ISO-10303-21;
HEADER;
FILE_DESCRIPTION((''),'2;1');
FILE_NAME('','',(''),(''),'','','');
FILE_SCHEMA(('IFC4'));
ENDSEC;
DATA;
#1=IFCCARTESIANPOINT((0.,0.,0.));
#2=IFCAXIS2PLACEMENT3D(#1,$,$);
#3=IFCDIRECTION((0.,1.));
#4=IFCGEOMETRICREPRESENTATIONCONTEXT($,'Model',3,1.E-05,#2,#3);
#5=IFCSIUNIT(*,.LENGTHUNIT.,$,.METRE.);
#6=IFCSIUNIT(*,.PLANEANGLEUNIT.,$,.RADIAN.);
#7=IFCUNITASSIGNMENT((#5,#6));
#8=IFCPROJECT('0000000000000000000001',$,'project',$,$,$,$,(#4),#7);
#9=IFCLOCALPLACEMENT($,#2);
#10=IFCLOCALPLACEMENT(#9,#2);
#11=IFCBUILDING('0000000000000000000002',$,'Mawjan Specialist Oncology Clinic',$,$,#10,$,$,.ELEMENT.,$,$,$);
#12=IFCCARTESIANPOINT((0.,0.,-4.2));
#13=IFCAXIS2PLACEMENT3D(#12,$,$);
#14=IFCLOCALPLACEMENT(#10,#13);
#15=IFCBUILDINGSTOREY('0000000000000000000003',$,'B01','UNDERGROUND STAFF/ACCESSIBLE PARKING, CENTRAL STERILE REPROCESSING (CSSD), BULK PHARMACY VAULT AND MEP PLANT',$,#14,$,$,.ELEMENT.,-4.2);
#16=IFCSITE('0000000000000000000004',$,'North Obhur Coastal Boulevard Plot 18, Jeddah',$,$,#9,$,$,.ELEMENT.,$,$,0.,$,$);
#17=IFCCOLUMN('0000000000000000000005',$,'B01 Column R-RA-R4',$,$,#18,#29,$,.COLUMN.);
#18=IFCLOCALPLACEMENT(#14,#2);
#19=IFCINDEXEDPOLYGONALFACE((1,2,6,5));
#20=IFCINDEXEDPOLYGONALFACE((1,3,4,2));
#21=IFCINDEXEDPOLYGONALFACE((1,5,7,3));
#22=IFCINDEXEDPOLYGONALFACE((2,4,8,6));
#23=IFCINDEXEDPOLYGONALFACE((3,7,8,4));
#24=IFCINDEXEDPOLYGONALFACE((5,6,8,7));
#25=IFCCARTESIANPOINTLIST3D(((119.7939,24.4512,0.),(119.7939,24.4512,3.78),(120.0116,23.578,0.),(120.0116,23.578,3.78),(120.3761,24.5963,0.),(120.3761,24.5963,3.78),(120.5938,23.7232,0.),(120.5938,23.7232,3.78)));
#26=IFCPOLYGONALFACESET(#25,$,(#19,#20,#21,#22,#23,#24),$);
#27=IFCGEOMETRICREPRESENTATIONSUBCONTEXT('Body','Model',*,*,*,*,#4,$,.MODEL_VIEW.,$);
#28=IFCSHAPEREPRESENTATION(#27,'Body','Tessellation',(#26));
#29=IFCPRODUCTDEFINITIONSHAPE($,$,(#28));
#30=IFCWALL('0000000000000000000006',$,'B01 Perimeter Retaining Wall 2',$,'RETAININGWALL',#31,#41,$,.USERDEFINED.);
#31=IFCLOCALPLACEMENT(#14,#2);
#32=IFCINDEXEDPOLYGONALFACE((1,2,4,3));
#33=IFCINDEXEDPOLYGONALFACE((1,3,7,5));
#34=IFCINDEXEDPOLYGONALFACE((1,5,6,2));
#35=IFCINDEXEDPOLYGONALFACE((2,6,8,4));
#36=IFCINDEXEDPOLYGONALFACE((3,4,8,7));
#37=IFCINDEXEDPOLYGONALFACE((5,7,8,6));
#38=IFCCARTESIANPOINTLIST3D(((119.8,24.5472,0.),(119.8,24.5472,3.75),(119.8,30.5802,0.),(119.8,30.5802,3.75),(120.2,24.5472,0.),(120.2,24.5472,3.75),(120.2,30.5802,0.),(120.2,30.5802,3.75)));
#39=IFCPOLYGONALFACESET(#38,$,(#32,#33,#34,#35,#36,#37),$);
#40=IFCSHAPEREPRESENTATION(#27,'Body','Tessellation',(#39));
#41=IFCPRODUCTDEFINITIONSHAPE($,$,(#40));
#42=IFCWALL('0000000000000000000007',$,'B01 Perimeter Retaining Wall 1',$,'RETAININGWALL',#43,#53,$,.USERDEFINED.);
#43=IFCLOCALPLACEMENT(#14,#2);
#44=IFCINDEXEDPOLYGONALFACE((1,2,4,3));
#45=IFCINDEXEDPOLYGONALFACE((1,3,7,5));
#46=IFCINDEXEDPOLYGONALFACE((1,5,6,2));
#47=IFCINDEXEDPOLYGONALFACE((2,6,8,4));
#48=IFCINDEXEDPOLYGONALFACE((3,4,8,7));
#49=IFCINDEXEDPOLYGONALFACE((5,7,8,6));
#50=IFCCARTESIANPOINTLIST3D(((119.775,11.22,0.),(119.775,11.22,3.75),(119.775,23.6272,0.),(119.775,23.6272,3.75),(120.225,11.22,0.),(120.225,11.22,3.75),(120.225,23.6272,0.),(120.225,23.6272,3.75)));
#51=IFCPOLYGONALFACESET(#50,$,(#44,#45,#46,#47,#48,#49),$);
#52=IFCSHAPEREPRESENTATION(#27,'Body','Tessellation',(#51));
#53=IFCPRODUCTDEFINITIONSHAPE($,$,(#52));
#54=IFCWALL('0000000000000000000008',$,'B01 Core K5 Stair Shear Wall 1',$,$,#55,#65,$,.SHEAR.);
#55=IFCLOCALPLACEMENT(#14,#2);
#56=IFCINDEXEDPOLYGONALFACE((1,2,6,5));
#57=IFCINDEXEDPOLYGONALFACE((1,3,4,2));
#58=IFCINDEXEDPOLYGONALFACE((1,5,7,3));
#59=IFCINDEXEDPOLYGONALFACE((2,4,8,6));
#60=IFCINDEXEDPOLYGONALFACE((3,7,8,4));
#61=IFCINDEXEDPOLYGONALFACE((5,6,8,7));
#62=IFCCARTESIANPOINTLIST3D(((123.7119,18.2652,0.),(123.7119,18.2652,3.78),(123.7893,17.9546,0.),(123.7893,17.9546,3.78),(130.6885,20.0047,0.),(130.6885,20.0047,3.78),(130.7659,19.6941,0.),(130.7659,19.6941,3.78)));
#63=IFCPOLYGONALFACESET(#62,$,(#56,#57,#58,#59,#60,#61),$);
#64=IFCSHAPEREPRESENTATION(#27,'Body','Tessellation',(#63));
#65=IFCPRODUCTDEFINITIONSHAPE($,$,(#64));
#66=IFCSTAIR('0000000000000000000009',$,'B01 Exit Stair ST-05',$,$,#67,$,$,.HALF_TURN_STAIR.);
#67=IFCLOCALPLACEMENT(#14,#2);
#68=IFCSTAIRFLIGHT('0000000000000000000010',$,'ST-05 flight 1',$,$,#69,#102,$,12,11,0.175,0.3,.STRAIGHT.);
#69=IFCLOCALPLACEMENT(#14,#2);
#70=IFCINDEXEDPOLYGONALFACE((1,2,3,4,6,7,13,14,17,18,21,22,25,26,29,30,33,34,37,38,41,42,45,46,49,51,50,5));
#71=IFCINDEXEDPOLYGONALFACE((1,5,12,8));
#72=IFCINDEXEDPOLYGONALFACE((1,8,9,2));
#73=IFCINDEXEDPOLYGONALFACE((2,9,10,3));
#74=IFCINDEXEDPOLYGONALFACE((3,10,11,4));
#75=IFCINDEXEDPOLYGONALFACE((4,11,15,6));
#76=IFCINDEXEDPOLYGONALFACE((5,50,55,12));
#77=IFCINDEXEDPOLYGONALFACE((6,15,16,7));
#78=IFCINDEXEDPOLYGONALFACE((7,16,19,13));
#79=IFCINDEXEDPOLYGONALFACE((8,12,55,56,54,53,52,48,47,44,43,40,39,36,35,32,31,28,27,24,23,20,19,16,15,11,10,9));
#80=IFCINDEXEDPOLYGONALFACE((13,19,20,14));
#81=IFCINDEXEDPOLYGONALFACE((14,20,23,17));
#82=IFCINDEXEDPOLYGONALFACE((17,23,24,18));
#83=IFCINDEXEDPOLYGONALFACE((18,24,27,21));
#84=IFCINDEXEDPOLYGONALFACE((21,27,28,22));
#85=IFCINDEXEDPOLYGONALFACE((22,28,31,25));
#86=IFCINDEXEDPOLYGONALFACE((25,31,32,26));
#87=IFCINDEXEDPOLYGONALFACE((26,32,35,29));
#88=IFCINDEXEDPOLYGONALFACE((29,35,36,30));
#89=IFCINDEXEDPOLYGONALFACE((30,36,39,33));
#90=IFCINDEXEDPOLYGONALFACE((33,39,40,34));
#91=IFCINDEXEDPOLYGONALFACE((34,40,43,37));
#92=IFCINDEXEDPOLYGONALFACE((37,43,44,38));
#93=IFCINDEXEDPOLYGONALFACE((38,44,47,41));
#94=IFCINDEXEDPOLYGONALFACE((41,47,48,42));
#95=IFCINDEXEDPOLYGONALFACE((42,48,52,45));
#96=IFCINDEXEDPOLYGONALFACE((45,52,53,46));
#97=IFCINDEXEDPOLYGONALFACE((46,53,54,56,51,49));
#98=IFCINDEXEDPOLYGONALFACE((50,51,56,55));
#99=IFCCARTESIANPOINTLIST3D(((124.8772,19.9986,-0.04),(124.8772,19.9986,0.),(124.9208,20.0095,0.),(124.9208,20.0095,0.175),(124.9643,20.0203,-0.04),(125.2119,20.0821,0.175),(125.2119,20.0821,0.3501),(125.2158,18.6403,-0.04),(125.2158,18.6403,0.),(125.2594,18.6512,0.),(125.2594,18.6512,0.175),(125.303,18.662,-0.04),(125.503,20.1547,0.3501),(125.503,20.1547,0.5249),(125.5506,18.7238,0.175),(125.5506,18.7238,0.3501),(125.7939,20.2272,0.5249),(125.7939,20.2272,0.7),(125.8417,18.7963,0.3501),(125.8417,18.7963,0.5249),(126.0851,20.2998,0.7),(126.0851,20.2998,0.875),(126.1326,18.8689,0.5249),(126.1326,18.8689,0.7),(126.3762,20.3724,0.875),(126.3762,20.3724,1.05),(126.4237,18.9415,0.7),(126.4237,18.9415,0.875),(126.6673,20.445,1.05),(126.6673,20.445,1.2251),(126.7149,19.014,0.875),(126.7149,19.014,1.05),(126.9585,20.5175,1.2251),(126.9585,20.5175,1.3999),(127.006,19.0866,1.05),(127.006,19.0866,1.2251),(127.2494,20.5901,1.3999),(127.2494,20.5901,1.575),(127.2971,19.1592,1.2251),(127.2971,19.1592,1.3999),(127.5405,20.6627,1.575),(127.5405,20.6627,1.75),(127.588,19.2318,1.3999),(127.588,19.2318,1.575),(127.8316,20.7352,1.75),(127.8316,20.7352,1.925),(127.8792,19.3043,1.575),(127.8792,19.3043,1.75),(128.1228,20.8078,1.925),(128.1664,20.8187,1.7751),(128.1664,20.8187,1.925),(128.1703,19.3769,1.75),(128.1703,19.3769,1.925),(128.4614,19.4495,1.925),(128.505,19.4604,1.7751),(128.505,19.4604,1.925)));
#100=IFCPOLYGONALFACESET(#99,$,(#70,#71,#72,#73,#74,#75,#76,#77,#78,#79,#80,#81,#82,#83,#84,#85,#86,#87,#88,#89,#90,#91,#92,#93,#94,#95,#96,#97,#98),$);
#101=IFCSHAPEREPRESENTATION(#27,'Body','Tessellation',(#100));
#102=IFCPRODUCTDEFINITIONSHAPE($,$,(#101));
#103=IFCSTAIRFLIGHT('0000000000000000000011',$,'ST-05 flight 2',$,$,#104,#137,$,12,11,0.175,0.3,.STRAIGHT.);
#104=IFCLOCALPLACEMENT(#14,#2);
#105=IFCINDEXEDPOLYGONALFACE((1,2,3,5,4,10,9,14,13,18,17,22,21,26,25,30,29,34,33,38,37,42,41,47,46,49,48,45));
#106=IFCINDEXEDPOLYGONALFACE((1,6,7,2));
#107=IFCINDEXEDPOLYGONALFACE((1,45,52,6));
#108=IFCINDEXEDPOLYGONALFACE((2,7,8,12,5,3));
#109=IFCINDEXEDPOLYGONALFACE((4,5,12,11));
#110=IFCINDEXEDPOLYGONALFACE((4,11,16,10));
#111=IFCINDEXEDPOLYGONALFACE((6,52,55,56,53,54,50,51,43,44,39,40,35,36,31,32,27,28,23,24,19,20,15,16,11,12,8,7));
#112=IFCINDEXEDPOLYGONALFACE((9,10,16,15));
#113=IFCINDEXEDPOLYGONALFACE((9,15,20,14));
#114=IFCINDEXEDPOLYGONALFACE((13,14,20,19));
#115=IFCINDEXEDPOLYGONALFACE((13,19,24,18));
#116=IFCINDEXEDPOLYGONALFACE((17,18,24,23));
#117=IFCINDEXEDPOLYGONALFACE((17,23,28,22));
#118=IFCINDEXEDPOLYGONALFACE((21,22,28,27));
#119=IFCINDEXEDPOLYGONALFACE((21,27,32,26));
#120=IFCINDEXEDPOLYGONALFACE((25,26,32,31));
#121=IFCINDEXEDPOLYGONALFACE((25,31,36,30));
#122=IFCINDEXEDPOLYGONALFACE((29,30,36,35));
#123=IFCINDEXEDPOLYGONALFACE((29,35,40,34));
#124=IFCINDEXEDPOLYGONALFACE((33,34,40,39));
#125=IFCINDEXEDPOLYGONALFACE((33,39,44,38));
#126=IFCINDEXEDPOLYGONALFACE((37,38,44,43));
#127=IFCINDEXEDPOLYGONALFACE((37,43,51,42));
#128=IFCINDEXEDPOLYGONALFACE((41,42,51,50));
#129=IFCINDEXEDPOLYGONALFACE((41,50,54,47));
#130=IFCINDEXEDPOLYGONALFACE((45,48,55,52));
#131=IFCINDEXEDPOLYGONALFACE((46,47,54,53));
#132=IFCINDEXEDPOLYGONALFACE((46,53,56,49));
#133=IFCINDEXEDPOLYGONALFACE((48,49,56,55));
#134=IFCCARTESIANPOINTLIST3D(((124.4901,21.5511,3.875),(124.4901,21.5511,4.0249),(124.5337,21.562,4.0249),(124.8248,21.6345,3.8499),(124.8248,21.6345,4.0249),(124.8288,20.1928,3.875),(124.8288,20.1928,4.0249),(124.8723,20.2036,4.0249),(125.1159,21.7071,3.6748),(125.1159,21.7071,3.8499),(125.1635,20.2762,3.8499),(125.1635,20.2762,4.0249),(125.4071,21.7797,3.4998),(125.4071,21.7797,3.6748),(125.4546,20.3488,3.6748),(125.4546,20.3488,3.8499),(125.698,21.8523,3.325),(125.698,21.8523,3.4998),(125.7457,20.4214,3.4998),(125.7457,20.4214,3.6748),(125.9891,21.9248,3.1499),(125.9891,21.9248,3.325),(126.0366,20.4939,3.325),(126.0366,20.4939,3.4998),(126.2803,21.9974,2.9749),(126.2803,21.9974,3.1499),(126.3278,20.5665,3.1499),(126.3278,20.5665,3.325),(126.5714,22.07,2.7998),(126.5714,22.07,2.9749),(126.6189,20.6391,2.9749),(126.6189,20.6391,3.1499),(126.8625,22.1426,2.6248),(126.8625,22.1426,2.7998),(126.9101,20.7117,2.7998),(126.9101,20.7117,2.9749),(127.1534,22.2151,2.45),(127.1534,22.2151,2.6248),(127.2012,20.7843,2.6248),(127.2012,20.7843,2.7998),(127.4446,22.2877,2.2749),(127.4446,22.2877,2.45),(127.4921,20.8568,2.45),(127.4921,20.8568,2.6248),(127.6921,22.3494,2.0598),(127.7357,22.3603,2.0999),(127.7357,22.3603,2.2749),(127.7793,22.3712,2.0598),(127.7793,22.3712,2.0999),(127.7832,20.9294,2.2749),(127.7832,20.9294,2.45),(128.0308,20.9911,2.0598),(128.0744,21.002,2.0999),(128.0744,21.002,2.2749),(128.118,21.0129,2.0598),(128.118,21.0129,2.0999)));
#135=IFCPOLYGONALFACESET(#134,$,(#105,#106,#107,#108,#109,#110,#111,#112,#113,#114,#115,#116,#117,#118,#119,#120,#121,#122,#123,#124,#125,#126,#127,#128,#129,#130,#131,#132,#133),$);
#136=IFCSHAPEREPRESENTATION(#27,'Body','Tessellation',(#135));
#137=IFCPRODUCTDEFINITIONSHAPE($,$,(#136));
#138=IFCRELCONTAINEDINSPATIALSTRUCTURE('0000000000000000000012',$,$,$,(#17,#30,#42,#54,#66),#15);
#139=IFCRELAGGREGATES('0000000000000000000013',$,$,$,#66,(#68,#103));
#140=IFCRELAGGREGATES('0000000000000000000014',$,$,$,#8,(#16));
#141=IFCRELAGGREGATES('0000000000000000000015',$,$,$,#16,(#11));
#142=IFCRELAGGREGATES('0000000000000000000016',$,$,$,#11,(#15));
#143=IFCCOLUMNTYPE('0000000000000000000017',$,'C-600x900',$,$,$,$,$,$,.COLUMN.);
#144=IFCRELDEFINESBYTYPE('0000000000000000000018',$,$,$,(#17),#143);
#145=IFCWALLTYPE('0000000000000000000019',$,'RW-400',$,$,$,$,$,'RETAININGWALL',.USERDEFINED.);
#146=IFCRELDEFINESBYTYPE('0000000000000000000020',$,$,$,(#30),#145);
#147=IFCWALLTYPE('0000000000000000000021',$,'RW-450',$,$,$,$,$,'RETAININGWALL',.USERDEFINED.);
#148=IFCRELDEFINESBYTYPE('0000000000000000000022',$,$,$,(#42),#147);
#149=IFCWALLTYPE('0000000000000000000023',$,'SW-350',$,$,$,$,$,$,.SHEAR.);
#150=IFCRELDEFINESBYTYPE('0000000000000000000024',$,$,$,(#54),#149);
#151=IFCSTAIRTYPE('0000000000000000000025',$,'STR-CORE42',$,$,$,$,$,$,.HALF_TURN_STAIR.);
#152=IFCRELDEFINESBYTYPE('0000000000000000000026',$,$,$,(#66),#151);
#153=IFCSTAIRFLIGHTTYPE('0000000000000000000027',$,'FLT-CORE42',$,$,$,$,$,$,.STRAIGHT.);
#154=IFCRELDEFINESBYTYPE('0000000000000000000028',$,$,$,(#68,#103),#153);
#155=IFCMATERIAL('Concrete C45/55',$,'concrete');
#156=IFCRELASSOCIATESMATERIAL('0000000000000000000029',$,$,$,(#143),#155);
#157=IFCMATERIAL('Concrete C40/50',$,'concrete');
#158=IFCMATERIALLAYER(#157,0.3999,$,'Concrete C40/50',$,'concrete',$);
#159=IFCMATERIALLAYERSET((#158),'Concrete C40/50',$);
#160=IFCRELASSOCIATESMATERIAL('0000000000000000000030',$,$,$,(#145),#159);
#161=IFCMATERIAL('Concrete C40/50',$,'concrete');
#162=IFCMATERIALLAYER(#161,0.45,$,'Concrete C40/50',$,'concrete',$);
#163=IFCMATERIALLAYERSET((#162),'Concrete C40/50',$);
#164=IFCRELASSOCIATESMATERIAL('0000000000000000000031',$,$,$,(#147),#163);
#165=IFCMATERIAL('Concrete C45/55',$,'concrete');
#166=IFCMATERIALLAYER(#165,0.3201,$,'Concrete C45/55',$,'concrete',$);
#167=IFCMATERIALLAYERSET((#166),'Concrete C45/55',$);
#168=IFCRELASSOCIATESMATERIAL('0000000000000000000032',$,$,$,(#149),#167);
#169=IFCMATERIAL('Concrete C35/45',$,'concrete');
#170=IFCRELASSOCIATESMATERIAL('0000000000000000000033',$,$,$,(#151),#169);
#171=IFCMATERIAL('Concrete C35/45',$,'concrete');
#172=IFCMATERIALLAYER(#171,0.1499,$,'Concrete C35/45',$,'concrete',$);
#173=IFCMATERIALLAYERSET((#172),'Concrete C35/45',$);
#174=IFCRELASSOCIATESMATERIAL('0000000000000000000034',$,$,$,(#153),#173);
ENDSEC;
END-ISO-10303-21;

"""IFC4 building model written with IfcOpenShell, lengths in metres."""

from ifc_helpers import new_model, si_unit, direction, frame, frame_2d, origin, origin_2d, place, context, subcontext, project, spatial, polyline, rectangle, outline, extrude, material, layer, layer_set, material_profile, profile_set, type_object, element, aggregate, save


model = new_model("IFC4")

# Units and contexts
model_context = context("Model", 3, precision=1e-05, world=origin(), true_north=direction((0.0, 1.0)))
body_context = subcontext(model_context, "Body", "Model", "MODEL_VIEW")
ifc_project = project(units=[si_unit("LENGTHUNIT", "METRE"), si_unit("PLANEANGLEUNIT", "RADIAN")], contexts=[model_context])

# Site, building, storey
site_placement = place(None, origin())
site = spatial("IfcSite", under=ifc_project, at=site_placement, Name="North Obhur Coastal Boulevard Plot 18, Jeddah", CompositionType="ELEMENT", RefElevation=0.0)
building_placement = place(site_placement, origin())
building = spatial("IfcBuilding", under=site, at=building_placement, Name="Mawjan Specialist Oncology Clinic", CompositionType="ELEMENT")
storey_placement = place(building_placement, frame((0.0, 0.0, -4.2)))
storey = spatial("IfcBuildingStorey", under=building, at=storey_placement, Name="B01", Description="UNDERGROUND STAFF/ACCESSIBLE PARKING, CENTRAL STERILE REPROCESSING (CSSD), BULK PHARMACY VAULT AND MEP PLANT", CompositionType="ELEMENT", Elevation=-4.2)

# Column
ifc_material_1 = material(Name="Concrete C45/55", Category="concrete")
ifc_material_profile_1 = material_profile(ifc_material_1, rectangle(XDim=0.6001, YDim=0.8999, at=origin_2d()), Name="RC COL 600x900", Category="concrete")
ifc_profile_set_1 = profile_set([ifc_material_profile_1], Name="Concrete C45/55")
column_type = type_object("IfcColumnType", Name="C-600x900", PredefinedType="COLUMN", material=ifc_profile_set_1)
for number, where, z_axis, x_axis, name in (
    (1, (120.1938, 24.0872, 0.0), (0.0, 0.0, 1.0), (0.970296, 0.241922, 0.0), "B01 Column R-RA-R4"),
):
    element("IfcColumn", number, at=place(storey_placement, frame(where, z_axis=z_axis, x_axis=x_axis)), inside=storey, type_object=column_type, Name=name, PredefinedType="COLUMN", context=body_context, shape_type="SweptSolid", body=[
        extrude(rectangle(XDim=0.6001, YDim=0.8999, at=origin_2d()), origin(), (0.0, 0.0, 1.0), 3.78),
    ])

# Walls
ifc_material_2 = material(Name="Concrete C40/50", Category="concrete")
ifc_layer_1 = layer(ifc_material_2, 0.3999, Name="Concrete C40/50", Category="concrete")
ifc_layer_set_1 = layer_set([ifc_layer_1], Name="Concrete C40/50")
wall_type_1 = type_object("IfcWallType", Name="RW-400", ElementType="RETAININGWALL", PredefinedType="USERDEFINED", material=ifc_layer_set_1)
wall_1_placement = place(storey_placement, frame((120.0, 24.5471, 0.0), z_axis=(0.0, 0.0, 1.0), x_axis=(0.0, 1.0, 0.0)))
element("IfcWall", 2, at=wall_1_placement, inside=storey, type_object=wall_type_1, Name="B01 Perimeter Retaining Wall 2", ObjectType="RETAININGWALL", PredefinedType="USERDEFINED", context=body_context, shape_type="SweptSolid", body=[
    extrude(rectangle(XDim=6.033, YDim=0.3999, at=frame_2d((3.0166, 0.0))), origin(), (0.0, 0.0, 1.0), 3.75),
])
ifc_material_3 = material(Name="Concrete C40/50", Category="concrete")
ifc_layer_2 = layer(ifc_material_3, 0.45, Name="Concrete C40/50", Category="concrete")
ifc_layer_set_2 = layer_set([ifc_layer_2], Name="Concrete C40/50")
wall_type_2 = type_object("IfcWallType", Name="RW-450", ElementType="RETAININGWALL", PredefinedType="USERDEFINED", material=ifc_layer_set_2)
wall_2_placement = place(storey_placement, frame((120.0, 11.22, 0.0), z_axis=(0.0, 0.0, 1.0), x_axis=(0.0, 1.0, 0.0)))
element("IfcWall", 3, at=wall_2_placement, inside=storey, type_object=wall_type_2, Name="B01 Perimeter Retaining Wall 1", ObjectType="RETAININGWALL", PredefinedType="USERDEFINED", context=body_context, shape_type="SweptSolid", body=[
    extrude(rectangle(XDim=12.4072, YDim=0.45, at=frame_2d((6.2036, 0.0))), origin(), (0.0, 0.0, 1.0), 3.75),
])
ifc_material_4 = material(Name="Concrete C45/55", Category="concrete")
ifc_layer_3 = layer(ifc_material_4, 0.3201, Name="Concrete C45/55", Category="concrete")
ifc_layer_set_3 = layer_set([ifc_layer_3], Name="Concrete C45/55")
wall_type_3 = type_object("IfcWallType", Name="SW-350", PredefinedType="SHEAR", material=ifc_layer_set_3)
wall_3_placement = place(storey_placement, frame((123.7505, 18.1099, 0.0), z_axis=(0.0, 0.0, 1.0), x_axis=(0.970294, 0.241928, 0.0)))
element("IfcWall", 4, at=wall_3_placement, inside=storey, type_object=wall_type_3, Name="B01 Core K5 Stair Shear Wall 1", PredefinedType="SHEAR", context=body_context, shape_type="SweptSolid", body=[
    extrude(rectangle(XDim=7.1902, YDim=0.3201, at=frame_2d((3.5952, 0.0))), origin(), (0.0, 0.0, 1.0), 3.78),
])

# Stair, stair flights
ifc_material_5 = material(Name="Concrete C35/45", Category="concrete")
stair_type = type_object("IfcStairType", Name="STR-CORE42", PredefinedType="HALF_TURN_STAIR", material=ifc_material_5)
stair_placement = place(storey_placement, origin())
stair = element("IfcStair", 5, at=stair_placement, inside=storey, type_object=stair_type, Name="B01 Exit Stair ST-05", PredefinedType="HALF_TURN_STAIR")
ifc_material_6 = material(Name="Concrete C35/45", Category="concrete")
ifc_layer_4 = layer(ifc_material_6, 0.1499, Name="Concrete C35/45", Category="concrete")
ifc_layer_set_4 = layer_set([ifc_layer_4], Name="Concrete C35/45")
stair_flight_type = type_object("IfcStairFlightType", Name="FLT-CORE42", PredefinedType="STRAIGHT", material=ifc_layer_set_4)
stair_flight_1_placement = place(storey_placement, frame((125.0901, 19.3303, 0.0), z_axis=(0.0, 0.0, 1.0), x_axis=(0.970296, 0.241922, 0.0)))
stair_flight_1 = element("IfcStairFlight", 6, at=stair_flight_1_placement, type_object=stair_flight_type, Name="ST-05 flight 1", NumberOfRisers=12, NumberOfTreads=11, PredefinedType="STRAIGHT", RiserHeight=0.175, TreadLength=0.3, context=body_context, shape_type="SweptSolid", body=[
    extrude(outline(polyline([(-0.0449, -0.04), (-0.0449, 0.0), (0.0, 0.0), (0.0, 0.175), (0.3, 0.175), (0.3, 0.3501), (0.6001, 0.3501), (0.6001, 0.5249), (0.8999, 0.5249), (0.8999, 0.7), (1.2, 0.7), (1.2, 0.875), (1.5, 0.875), (1.5, 1.05), (1.8, 1.05), (1.8, 1.2251), (2.1001, 1.2251), (2.1001, 1.3999), (2.3999, 1.3999), (2.3999, 1.575), (2.7, 1.575), (2.7, 1.75), (3.0, 1.75), (3.0, 1.925), (3.3, 1.925), (3.345, 1.925), (3.345, 1.7751), (0.0449, -0.04), (-0.0449, -0.04)])), frame((0.0, 0.7, 0.0), z_axis=(0.0, -1.0, 0.0), x_axis=(1.0, 0.0, 0.0)), (0.0, 0.0, 1.0), 1.3999),
])
stair_flight_2_placement = place(storey_placement, frame((127.905, 21.6812, 2.0999), z_axis=(0.0, 0.0, 1.0), x_axis=(-0.970296, -0.241922, 0.0)))
stair_flight_2 = element("IfcStairFlight", 7, at=stair_flight_2_placement, type_object=stair_flight_type, Name="ST-05 flight 2", NumberOfRisers=12, NumberOfTreads=11, PredefinedType="STRAIGHT", RiserHeight=0.175, TreadLength=0.3, context=body_context, shape_type="SweptSolid", body=[
    extrude(outline(polyline([(-0.0449, -0.04), (-0.0449, 0.0), (0.0, 0.0), (0.0, 0.175), (0.3, 0.175), (0.3, 0.3501), (0.6001, 0.3501), (0.6001, 0.5249), (0.8999, 0.5249), (0.8999, 0.7), (1.2, 0.7), (1.2, 0.875), (1.5, 0.875), (1.5, 1.05), (1.8, 1.05), (1.8, 1.2251), (2.1001, 1.2251), (2.1001, 1.3999), (2.3999, 1.3999), (2.3999, 1.575), (2.7, 1.575), (2.7, 1.75), (3.0, 1.75), (3.0, 1.925), (3.3, 1.925), (3.345, 1.925), (3.345, 1.7751), (0.0449, -0.04), (-0.0449, -0.04)])), frame((0.0, 0.7, 0.0), z_axis=(0.0, -1.0, 0.0), x_axis=(1.0, 0.0, 0.0)), (0.0, 0.0, 1.0), 1.3999),
])
aggregate(stair, [stair_flight_1, stair_flight_2])

save(model, "model.ifc")
